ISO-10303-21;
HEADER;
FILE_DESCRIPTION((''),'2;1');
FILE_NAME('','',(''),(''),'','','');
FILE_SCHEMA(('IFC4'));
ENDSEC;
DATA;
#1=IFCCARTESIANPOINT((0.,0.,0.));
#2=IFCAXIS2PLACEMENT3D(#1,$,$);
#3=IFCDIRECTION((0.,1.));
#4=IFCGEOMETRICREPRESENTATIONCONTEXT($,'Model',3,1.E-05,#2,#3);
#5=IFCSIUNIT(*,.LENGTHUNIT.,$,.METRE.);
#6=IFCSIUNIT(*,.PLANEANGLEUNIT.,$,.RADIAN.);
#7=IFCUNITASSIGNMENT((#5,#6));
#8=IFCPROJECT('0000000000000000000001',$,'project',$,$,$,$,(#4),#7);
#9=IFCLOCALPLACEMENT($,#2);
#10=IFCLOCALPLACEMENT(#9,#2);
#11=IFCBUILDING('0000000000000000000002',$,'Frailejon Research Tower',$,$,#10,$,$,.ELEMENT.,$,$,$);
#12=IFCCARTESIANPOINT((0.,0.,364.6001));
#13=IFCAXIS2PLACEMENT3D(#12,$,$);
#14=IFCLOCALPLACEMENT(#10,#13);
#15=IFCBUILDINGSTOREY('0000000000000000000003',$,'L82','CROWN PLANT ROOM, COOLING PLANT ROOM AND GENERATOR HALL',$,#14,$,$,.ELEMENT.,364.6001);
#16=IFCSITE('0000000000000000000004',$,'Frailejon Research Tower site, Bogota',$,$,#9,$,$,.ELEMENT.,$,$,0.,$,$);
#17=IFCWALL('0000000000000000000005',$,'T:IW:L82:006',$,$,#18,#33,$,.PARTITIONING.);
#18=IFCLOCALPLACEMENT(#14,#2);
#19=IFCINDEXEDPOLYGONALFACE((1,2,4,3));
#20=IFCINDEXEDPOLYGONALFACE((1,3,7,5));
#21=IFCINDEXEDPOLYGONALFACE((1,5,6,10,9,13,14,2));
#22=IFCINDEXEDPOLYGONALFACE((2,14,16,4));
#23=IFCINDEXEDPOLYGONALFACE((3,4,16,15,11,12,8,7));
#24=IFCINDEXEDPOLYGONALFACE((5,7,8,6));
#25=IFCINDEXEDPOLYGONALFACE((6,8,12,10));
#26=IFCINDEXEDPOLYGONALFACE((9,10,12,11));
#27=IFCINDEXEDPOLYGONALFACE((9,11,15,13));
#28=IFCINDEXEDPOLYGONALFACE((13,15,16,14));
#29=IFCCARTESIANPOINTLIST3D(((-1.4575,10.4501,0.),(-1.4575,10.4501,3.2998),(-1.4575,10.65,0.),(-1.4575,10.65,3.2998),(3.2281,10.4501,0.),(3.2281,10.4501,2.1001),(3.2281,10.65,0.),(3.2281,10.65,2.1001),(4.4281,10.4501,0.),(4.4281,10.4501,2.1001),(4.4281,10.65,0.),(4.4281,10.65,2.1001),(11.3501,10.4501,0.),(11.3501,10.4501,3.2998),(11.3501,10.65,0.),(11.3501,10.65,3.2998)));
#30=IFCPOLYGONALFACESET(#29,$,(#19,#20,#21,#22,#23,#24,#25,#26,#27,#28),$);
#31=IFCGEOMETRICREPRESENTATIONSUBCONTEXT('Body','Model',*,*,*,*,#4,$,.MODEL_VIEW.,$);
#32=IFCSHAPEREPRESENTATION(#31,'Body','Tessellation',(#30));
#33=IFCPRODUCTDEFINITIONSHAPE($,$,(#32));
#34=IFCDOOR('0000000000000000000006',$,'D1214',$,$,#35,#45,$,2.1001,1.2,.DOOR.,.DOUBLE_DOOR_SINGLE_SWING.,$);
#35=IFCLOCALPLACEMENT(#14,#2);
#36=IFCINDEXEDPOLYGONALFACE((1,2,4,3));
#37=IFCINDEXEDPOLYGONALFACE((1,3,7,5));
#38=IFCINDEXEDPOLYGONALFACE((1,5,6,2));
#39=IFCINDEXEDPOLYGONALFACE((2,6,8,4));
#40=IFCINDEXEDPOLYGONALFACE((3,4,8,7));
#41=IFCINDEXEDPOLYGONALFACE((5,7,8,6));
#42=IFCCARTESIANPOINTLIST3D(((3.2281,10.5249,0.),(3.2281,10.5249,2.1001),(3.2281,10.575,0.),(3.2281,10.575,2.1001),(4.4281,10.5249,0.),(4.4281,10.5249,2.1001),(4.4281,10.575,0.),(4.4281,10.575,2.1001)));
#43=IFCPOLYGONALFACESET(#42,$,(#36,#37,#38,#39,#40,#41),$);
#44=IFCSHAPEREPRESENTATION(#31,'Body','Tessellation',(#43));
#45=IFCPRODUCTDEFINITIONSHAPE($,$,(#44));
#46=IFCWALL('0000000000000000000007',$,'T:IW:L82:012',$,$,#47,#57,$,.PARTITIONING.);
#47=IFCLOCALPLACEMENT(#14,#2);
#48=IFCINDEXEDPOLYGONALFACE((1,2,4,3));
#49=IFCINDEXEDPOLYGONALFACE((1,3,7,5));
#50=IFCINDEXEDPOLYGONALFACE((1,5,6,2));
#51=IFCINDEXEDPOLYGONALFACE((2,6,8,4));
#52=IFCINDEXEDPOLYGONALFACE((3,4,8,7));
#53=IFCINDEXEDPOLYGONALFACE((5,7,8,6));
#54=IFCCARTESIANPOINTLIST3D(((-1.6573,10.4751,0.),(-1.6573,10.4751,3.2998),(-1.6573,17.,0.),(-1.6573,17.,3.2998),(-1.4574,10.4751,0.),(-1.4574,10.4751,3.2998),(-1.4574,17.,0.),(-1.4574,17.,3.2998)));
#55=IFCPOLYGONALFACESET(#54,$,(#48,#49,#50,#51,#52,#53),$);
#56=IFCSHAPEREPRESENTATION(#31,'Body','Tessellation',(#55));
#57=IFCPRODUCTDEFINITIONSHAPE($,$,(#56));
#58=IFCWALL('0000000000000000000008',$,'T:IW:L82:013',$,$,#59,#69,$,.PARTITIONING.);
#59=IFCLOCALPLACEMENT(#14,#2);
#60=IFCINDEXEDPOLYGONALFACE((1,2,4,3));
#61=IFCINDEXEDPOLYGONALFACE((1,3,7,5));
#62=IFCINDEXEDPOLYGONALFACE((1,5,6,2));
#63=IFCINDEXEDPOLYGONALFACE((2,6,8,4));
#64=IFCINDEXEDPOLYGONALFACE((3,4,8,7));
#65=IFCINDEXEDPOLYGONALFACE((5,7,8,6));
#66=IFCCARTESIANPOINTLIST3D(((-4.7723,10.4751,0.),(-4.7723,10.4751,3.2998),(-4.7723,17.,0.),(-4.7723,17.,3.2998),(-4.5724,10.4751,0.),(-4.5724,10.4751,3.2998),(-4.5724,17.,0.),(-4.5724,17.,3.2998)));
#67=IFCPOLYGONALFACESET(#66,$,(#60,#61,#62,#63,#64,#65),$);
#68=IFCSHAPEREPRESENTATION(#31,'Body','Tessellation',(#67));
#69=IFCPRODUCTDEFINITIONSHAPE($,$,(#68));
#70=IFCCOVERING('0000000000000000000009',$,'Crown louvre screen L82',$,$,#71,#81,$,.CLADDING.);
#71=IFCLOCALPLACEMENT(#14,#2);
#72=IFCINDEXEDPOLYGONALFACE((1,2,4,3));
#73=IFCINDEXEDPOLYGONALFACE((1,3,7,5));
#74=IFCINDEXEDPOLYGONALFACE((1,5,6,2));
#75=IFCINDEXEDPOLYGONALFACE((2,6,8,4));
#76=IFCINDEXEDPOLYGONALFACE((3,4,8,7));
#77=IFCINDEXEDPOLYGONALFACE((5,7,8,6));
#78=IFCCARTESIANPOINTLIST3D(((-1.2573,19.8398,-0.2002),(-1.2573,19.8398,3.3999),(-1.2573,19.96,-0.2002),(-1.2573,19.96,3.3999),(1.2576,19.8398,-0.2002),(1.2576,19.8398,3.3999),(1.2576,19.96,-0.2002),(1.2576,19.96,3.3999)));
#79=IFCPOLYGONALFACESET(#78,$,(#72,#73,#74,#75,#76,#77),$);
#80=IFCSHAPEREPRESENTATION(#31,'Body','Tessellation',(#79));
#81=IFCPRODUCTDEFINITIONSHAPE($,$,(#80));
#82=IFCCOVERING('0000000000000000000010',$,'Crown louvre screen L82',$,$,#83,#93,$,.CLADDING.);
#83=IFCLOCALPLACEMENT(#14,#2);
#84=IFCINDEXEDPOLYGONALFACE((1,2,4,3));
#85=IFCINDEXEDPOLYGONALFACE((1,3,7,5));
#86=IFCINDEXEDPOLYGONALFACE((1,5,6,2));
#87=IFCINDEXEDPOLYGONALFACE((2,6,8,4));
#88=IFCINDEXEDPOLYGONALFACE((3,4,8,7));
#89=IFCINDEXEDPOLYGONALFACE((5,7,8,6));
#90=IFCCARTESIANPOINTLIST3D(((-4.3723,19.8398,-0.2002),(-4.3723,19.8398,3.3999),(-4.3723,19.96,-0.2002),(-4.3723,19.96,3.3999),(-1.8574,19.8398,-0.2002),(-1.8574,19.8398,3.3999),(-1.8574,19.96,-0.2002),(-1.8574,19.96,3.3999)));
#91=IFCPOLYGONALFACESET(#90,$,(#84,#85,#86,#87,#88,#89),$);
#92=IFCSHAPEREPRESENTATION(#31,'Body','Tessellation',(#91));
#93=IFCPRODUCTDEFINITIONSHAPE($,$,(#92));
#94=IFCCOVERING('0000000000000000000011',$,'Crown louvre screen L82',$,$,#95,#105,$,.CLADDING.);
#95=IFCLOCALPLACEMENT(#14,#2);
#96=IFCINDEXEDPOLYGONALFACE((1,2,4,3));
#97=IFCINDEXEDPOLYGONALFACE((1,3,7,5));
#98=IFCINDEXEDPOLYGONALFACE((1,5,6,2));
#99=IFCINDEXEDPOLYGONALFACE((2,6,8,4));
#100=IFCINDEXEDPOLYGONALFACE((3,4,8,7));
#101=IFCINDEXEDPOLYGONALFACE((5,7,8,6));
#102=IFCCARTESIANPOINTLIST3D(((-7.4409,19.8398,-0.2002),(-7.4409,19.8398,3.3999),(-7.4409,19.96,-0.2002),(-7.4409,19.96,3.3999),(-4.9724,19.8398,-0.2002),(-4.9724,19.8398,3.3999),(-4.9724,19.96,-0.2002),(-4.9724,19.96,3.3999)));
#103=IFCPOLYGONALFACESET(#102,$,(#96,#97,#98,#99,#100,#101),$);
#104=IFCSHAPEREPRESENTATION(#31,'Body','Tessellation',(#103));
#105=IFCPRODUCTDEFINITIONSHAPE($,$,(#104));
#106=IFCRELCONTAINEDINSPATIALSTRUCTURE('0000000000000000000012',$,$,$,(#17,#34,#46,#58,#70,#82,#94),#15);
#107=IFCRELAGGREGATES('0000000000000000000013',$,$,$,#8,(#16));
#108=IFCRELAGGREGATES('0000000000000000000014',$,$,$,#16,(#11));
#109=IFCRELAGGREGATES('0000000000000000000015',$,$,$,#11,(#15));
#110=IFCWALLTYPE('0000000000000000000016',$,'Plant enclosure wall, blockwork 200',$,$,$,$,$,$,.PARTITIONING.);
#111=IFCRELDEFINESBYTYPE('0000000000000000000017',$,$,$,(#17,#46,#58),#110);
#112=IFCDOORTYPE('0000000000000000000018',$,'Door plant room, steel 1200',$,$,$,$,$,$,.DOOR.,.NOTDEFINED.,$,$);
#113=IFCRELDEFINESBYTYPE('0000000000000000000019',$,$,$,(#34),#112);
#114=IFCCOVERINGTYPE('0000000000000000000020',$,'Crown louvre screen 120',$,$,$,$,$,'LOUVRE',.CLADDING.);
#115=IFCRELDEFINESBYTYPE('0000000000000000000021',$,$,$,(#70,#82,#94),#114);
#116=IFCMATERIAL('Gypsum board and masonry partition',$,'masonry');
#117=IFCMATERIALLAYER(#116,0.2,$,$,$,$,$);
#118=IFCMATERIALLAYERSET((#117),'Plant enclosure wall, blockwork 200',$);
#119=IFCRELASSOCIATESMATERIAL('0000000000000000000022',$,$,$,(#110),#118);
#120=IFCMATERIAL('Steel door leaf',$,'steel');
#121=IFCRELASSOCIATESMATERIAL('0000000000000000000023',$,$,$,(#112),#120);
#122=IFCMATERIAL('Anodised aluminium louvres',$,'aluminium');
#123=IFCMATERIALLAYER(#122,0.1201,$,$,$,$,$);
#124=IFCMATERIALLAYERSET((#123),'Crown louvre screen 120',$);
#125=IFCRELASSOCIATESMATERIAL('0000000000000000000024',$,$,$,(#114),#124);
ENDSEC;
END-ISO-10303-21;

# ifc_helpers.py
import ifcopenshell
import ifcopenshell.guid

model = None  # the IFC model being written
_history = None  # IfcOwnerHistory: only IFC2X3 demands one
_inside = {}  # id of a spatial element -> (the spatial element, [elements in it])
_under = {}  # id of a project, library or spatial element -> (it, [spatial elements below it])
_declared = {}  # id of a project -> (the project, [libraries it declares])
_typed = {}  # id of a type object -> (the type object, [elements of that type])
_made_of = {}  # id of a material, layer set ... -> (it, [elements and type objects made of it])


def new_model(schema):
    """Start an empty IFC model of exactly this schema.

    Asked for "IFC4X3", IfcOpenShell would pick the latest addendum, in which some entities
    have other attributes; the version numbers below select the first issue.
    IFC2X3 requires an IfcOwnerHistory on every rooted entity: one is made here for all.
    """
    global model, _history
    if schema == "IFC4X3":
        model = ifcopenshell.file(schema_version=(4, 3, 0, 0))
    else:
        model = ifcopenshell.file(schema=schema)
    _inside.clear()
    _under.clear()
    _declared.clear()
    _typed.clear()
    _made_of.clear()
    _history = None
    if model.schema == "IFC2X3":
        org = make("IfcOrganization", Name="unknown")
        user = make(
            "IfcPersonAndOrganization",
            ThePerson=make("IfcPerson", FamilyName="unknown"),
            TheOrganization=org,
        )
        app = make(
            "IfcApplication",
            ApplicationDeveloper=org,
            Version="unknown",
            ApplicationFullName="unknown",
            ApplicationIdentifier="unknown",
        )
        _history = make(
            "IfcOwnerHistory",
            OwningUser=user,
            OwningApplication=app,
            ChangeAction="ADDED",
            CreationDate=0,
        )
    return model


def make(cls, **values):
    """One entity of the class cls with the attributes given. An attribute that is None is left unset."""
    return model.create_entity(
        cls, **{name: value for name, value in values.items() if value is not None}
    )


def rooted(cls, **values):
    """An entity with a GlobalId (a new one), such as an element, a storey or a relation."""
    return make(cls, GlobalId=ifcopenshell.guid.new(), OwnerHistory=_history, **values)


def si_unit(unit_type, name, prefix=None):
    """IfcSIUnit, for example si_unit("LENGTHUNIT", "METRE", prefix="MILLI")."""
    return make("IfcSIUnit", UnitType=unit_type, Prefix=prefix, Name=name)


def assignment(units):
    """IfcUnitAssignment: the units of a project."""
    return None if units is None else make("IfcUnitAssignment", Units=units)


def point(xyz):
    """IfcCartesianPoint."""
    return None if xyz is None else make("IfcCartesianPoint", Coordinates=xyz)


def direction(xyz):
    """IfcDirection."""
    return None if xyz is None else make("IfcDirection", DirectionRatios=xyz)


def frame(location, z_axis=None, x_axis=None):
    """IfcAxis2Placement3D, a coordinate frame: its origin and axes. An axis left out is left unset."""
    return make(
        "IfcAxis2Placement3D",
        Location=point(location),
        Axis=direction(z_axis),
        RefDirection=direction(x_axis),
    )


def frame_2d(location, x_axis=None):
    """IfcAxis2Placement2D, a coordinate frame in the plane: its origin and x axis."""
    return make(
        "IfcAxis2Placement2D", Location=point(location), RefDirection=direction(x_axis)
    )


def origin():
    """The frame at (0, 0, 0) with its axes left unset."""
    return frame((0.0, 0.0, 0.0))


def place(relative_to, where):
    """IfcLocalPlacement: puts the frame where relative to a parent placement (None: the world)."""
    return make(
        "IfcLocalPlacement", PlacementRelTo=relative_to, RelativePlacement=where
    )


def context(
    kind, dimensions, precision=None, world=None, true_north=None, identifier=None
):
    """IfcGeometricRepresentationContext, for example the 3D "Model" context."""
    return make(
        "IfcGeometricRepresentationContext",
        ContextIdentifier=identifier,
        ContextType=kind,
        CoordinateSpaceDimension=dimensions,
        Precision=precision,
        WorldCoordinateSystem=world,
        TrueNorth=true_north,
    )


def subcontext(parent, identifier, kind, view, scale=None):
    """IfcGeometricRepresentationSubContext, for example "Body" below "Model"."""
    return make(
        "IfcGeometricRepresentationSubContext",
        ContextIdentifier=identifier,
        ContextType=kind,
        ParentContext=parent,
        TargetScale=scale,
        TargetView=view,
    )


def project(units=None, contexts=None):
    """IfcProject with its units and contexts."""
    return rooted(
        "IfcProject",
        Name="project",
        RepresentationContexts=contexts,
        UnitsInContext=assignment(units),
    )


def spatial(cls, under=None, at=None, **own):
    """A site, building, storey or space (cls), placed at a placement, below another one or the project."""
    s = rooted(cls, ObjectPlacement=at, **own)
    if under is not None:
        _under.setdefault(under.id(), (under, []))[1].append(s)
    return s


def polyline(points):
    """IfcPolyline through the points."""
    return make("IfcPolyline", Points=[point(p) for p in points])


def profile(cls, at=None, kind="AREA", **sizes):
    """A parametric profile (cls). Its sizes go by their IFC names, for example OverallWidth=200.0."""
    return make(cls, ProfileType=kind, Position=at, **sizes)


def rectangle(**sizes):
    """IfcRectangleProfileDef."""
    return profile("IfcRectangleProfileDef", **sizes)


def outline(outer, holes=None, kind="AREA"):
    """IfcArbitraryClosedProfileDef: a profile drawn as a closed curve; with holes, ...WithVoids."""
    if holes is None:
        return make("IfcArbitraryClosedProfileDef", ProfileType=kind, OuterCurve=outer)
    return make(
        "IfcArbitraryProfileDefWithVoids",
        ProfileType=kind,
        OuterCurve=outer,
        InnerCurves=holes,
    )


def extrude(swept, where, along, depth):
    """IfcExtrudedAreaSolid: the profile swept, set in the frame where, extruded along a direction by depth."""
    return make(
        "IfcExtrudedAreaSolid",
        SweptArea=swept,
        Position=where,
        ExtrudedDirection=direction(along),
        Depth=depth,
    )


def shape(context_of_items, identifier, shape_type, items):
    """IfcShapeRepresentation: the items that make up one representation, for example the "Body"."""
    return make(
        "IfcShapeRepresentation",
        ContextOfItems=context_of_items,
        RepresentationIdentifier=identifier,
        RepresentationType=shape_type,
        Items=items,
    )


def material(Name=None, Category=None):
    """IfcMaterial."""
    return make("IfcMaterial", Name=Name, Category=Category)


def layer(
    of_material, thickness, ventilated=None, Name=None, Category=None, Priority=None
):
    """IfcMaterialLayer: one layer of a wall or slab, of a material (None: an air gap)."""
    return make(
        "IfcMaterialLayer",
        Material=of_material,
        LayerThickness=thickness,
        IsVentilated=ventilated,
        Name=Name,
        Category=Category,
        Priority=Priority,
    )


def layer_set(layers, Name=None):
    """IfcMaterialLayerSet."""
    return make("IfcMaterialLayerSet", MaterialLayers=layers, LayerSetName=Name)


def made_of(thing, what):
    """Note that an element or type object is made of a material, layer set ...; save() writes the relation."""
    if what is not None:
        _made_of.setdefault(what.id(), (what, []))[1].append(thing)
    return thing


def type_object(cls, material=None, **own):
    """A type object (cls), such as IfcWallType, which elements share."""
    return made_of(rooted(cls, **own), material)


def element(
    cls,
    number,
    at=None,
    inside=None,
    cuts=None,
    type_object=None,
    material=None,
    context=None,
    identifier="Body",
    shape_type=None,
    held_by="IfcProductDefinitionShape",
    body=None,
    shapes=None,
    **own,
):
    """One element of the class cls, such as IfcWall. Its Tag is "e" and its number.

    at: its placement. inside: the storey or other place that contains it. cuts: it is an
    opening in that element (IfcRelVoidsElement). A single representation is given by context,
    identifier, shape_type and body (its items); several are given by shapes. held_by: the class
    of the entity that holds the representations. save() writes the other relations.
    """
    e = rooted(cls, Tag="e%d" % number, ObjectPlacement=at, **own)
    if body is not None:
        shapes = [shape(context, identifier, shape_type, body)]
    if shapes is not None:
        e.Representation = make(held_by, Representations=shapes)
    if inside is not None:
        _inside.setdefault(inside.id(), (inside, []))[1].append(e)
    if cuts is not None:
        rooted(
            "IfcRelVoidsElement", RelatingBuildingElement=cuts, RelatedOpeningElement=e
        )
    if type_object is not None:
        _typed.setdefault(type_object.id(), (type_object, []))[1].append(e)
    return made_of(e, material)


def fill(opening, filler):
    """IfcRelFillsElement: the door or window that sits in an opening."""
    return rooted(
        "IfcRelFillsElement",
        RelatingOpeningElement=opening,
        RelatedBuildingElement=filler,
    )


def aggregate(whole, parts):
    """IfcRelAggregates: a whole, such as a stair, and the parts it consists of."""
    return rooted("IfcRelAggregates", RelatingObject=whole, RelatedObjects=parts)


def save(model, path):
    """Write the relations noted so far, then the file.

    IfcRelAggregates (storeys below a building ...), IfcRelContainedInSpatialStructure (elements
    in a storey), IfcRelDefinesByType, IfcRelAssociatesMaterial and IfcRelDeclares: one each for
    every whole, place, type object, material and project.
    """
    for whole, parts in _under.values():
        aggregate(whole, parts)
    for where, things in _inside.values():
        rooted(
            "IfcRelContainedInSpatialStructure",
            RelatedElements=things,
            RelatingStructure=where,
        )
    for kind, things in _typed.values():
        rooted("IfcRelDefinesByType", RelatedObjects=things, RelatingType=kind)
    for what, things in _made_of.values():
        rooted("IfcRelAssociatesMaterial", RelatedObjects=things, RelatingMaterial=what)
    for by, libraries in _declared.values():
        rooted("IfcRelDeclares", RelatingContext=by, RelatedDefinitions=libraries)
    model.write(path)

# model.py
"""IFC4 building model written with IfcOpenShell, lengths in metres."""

from ifc_helpers import new_model, si_unit, direction, frame, frame_2d, origin, place, context, subcontext, project, spatial, polyline, rectangle, outline, extrude, material, layer, layer_set, type_object, element, fill, save


model = new_model("IFC4")

# Units and contexts
model_context = context("Model", 3, precision=1e-05, world=origin(), true_north=direction((0.0, 1.0)))
body_context = subcontext(model_context, "Body", "Model", "MODEL_VIEW")
ifc_project = project(units=[si_unit("LENGTHUNIT", "METRE"), si_unit("PLANEANGLEUNIT", "RADIAN")], contexts=[model_context])

# Site, building, storey
site_placement = place(None, origin())
site = spatial("IfcSite", under=ifc_project, at=site_placement, Name="Frailejon Research Tower site, Bogota", CompositionType="ELEMENT", RefElevation=0.0)
building_placement = place(site_placement, origin())
building = spatial("IfcBuilding", under=site, at=building_placement, Name="Frailejon Research Tower", CompositionType="ELEMENT")
storey_placement = place(building_placement, frame((0.0, 0.0, 364.6001)))
storey = spatial("IfcBuildingStorey", under=building, at=storey_placement, Name="L82", Description="CROWN PLANT ROOM, COOLING PLANT ROOM AND GENERATOR HALL", CompositionType="ELEMENT", Elevation=364.6001)

# Wall, opening, door
ifc_material_1 = material(Name="Gypsum board and masonry partition", Category="masonry")
ifc_layer_1 = layer(ifc_material_1, 0.2)
ifc_layer_set_1 = layer_set([ifc_layer_1], Name="Plant enclosure wall, blockwork 200")
wall_type_1 = type_object("IfcWallType", Name="Plant enclosure wall, blockwork 200", PredefinedType="PARTITIONING", material=ifc_layer_set_1)
wall_1_placement = place(storey_placement, frame((-1.4575, 10.55, 0.0), z_axis=(0.0, 0.0, 1.0), x_axis=(1.0, 0.0, 0.0)))
wall_1 = element("IfcWall", 1, at=wall_1_placement, inside=storey, type_object=wall_type_1, Name="T:IW:L82:006", PredefinedType="PARTITIONING", context=body_context, shape_type="SweptSolid", body=[
    extrude(rectangle(XDim=12.8076, YDim=0.2, at=frame_2d((6.4038, 0.0))), origin(), (0.0, 0.0, 1.0), 3.2998),
])
opening_1_placement = place(wall_1_placement, frame((4.6855, 0.0, 0.0)))
opening_1 = element("IfcOpeningElement", 2, at=opening_1_placement, cuts=wall_1, PredefinedType="OPENING", context=body_context, shape_type="SweptSolid", body=[
    extrude(rectangle(XDim=1.2, YDim=2.1001, at=frame_2d((0.6001, 1.05))), frame((0.0, 0.1099, 0.0), z_axis=(0.0, -1.0, 0.0), x_axis=(1.0, 0.0, 0.0)), (0.0, 0.0, 1.0), 0.22),
])
ifc_material_2 = material(Name="Steel door leaf", Category="steel")
door_type_1 = type_object("IfcDoorType", Name="Door plant room, steel 1200", OperationType="NOTDEFINED", PredefinedType="DOOR", material=ifc_material_2)
door_1_placement = place(opening_1_placement, origin())
door_1 = element("IfcDoor", 3, at=door_1_placement, inside=storey, type_object=door_type_1, Name="D1214", OperationType="DOUBLE_DOOR_SINGLE_SWING", OverallHeight=2.1001, OverallWidth=1.2, PredefinedType="DOOR", context=body_context, shape_type="SweptSolid", body=[
    extrude(rectangle(XDim=1.2, YDim=2.1001, at=frame_2d((0.6001, 1.05))), frame((0.0, 0.0249, 0.0), z_axis=(0.0, -1.0, 0.0), x_axis=(1.0, 0.0, 0.0)), (0.0, 0.0, 1.0), 0.05),
])
fill(opening_1, door_1)

# Walls
for number, where, z_axis, x_axis, name in (
    (4, (-1.5574, 10.4751, 0.0), (0.0, 0.0, 1.0), (0.0, 1.0, 0.0), "T:IW:L82:012"),
    (5, (-4.6724, 10.4751, 0.0), (0.0, 0.0, 1.0), (0.0, 1.0, 0.0), "T:IW:L82:013"),
):
    element("IfcWall", number, at=place(storey_placement, frame(where, z_axis=z_axis, x_axis=x_axis)), inside=storey, type_object=wall_type_1, Name=name, PredefinedType="PARTITIONING", context=body_context, shape_type="SweptSolid", body=[
        extrude(rectangle(XDim=6.5249, YDim=0.2, at=frame_2d((3.2625, 0.0))), origin(), (0.0, 0.0, 1.0), 3.2998),
    ])

# Coverings
ifc_material_3 = material(Name="Anodised aluminium louvres", Category="aluminium")
ifc_layer_2 = layer(ifc_material_3, 0.1201)
ifc_layer_set_2 = layer_set([ifc_layer_2], Name="Crown louvre screen 120")
covering_type = type_object("IfcCoveringType", Name="Crown louvre screen 120", ElementType="LOUVRE", PredefinedType="CLADDING", material=ifc_layer_set_2)
for number, where, z_axis, x_axis, name in (
    (6, (-1.2573, 19.8999, -0.2002), (1.0, 0.0, 0.0), (0.0, 1.0, 0.0), "Crown louvre screen L82"),
    (7, (-4.3723, 19.8999, -0.2002), (1.0, 0.0, 0.0), (0.0, 1.0, 0.0), "Crown louvre screen L82"),
):
    element("IfcCovering", number, at=place(storey_placement, frame(where, z_axis=z_axis, x_axis=x_axis)), inside=storey, type_object=covering_type, Name=name, PredefinedType="CLADDING", context=body_context, shape_type="SweptSolid", body=[
        extrude(outline(polyline([(-0.0601, 0.0), (0.0601, 0.0), (0.0601, 3.6001), (-0.0601, 3.6001), (-0.0601, 0.0)])), origin(), (0.0, 0.0, 1.0), 2.5149),
    ])
covering_placement = place(storey_placement, frame((-7.4409, 19.8999, -0.2002), z_axis=(1.0, 0.0, 0.0), x_axis=(0.0, 1.0, 0.0)))
element("IfcCovering", 8, at=covering_placement, inside=storey, type_object=covering_type, Name="Crown louvre screen L82", PredefinedType="CLADDING", context=body_context, shape_type="SweptSolid", body=[
    extrude(outline(polyline([(-0.0601, 0.0), (0.0601, 0.0), (0.0601, 3.6001), (-0.0601, 3.6001), (-0.0601, 0.0)])), origin(), (0.0, 0.0, 1.0), 2.4685),
])

save(model, "model.ifc")
